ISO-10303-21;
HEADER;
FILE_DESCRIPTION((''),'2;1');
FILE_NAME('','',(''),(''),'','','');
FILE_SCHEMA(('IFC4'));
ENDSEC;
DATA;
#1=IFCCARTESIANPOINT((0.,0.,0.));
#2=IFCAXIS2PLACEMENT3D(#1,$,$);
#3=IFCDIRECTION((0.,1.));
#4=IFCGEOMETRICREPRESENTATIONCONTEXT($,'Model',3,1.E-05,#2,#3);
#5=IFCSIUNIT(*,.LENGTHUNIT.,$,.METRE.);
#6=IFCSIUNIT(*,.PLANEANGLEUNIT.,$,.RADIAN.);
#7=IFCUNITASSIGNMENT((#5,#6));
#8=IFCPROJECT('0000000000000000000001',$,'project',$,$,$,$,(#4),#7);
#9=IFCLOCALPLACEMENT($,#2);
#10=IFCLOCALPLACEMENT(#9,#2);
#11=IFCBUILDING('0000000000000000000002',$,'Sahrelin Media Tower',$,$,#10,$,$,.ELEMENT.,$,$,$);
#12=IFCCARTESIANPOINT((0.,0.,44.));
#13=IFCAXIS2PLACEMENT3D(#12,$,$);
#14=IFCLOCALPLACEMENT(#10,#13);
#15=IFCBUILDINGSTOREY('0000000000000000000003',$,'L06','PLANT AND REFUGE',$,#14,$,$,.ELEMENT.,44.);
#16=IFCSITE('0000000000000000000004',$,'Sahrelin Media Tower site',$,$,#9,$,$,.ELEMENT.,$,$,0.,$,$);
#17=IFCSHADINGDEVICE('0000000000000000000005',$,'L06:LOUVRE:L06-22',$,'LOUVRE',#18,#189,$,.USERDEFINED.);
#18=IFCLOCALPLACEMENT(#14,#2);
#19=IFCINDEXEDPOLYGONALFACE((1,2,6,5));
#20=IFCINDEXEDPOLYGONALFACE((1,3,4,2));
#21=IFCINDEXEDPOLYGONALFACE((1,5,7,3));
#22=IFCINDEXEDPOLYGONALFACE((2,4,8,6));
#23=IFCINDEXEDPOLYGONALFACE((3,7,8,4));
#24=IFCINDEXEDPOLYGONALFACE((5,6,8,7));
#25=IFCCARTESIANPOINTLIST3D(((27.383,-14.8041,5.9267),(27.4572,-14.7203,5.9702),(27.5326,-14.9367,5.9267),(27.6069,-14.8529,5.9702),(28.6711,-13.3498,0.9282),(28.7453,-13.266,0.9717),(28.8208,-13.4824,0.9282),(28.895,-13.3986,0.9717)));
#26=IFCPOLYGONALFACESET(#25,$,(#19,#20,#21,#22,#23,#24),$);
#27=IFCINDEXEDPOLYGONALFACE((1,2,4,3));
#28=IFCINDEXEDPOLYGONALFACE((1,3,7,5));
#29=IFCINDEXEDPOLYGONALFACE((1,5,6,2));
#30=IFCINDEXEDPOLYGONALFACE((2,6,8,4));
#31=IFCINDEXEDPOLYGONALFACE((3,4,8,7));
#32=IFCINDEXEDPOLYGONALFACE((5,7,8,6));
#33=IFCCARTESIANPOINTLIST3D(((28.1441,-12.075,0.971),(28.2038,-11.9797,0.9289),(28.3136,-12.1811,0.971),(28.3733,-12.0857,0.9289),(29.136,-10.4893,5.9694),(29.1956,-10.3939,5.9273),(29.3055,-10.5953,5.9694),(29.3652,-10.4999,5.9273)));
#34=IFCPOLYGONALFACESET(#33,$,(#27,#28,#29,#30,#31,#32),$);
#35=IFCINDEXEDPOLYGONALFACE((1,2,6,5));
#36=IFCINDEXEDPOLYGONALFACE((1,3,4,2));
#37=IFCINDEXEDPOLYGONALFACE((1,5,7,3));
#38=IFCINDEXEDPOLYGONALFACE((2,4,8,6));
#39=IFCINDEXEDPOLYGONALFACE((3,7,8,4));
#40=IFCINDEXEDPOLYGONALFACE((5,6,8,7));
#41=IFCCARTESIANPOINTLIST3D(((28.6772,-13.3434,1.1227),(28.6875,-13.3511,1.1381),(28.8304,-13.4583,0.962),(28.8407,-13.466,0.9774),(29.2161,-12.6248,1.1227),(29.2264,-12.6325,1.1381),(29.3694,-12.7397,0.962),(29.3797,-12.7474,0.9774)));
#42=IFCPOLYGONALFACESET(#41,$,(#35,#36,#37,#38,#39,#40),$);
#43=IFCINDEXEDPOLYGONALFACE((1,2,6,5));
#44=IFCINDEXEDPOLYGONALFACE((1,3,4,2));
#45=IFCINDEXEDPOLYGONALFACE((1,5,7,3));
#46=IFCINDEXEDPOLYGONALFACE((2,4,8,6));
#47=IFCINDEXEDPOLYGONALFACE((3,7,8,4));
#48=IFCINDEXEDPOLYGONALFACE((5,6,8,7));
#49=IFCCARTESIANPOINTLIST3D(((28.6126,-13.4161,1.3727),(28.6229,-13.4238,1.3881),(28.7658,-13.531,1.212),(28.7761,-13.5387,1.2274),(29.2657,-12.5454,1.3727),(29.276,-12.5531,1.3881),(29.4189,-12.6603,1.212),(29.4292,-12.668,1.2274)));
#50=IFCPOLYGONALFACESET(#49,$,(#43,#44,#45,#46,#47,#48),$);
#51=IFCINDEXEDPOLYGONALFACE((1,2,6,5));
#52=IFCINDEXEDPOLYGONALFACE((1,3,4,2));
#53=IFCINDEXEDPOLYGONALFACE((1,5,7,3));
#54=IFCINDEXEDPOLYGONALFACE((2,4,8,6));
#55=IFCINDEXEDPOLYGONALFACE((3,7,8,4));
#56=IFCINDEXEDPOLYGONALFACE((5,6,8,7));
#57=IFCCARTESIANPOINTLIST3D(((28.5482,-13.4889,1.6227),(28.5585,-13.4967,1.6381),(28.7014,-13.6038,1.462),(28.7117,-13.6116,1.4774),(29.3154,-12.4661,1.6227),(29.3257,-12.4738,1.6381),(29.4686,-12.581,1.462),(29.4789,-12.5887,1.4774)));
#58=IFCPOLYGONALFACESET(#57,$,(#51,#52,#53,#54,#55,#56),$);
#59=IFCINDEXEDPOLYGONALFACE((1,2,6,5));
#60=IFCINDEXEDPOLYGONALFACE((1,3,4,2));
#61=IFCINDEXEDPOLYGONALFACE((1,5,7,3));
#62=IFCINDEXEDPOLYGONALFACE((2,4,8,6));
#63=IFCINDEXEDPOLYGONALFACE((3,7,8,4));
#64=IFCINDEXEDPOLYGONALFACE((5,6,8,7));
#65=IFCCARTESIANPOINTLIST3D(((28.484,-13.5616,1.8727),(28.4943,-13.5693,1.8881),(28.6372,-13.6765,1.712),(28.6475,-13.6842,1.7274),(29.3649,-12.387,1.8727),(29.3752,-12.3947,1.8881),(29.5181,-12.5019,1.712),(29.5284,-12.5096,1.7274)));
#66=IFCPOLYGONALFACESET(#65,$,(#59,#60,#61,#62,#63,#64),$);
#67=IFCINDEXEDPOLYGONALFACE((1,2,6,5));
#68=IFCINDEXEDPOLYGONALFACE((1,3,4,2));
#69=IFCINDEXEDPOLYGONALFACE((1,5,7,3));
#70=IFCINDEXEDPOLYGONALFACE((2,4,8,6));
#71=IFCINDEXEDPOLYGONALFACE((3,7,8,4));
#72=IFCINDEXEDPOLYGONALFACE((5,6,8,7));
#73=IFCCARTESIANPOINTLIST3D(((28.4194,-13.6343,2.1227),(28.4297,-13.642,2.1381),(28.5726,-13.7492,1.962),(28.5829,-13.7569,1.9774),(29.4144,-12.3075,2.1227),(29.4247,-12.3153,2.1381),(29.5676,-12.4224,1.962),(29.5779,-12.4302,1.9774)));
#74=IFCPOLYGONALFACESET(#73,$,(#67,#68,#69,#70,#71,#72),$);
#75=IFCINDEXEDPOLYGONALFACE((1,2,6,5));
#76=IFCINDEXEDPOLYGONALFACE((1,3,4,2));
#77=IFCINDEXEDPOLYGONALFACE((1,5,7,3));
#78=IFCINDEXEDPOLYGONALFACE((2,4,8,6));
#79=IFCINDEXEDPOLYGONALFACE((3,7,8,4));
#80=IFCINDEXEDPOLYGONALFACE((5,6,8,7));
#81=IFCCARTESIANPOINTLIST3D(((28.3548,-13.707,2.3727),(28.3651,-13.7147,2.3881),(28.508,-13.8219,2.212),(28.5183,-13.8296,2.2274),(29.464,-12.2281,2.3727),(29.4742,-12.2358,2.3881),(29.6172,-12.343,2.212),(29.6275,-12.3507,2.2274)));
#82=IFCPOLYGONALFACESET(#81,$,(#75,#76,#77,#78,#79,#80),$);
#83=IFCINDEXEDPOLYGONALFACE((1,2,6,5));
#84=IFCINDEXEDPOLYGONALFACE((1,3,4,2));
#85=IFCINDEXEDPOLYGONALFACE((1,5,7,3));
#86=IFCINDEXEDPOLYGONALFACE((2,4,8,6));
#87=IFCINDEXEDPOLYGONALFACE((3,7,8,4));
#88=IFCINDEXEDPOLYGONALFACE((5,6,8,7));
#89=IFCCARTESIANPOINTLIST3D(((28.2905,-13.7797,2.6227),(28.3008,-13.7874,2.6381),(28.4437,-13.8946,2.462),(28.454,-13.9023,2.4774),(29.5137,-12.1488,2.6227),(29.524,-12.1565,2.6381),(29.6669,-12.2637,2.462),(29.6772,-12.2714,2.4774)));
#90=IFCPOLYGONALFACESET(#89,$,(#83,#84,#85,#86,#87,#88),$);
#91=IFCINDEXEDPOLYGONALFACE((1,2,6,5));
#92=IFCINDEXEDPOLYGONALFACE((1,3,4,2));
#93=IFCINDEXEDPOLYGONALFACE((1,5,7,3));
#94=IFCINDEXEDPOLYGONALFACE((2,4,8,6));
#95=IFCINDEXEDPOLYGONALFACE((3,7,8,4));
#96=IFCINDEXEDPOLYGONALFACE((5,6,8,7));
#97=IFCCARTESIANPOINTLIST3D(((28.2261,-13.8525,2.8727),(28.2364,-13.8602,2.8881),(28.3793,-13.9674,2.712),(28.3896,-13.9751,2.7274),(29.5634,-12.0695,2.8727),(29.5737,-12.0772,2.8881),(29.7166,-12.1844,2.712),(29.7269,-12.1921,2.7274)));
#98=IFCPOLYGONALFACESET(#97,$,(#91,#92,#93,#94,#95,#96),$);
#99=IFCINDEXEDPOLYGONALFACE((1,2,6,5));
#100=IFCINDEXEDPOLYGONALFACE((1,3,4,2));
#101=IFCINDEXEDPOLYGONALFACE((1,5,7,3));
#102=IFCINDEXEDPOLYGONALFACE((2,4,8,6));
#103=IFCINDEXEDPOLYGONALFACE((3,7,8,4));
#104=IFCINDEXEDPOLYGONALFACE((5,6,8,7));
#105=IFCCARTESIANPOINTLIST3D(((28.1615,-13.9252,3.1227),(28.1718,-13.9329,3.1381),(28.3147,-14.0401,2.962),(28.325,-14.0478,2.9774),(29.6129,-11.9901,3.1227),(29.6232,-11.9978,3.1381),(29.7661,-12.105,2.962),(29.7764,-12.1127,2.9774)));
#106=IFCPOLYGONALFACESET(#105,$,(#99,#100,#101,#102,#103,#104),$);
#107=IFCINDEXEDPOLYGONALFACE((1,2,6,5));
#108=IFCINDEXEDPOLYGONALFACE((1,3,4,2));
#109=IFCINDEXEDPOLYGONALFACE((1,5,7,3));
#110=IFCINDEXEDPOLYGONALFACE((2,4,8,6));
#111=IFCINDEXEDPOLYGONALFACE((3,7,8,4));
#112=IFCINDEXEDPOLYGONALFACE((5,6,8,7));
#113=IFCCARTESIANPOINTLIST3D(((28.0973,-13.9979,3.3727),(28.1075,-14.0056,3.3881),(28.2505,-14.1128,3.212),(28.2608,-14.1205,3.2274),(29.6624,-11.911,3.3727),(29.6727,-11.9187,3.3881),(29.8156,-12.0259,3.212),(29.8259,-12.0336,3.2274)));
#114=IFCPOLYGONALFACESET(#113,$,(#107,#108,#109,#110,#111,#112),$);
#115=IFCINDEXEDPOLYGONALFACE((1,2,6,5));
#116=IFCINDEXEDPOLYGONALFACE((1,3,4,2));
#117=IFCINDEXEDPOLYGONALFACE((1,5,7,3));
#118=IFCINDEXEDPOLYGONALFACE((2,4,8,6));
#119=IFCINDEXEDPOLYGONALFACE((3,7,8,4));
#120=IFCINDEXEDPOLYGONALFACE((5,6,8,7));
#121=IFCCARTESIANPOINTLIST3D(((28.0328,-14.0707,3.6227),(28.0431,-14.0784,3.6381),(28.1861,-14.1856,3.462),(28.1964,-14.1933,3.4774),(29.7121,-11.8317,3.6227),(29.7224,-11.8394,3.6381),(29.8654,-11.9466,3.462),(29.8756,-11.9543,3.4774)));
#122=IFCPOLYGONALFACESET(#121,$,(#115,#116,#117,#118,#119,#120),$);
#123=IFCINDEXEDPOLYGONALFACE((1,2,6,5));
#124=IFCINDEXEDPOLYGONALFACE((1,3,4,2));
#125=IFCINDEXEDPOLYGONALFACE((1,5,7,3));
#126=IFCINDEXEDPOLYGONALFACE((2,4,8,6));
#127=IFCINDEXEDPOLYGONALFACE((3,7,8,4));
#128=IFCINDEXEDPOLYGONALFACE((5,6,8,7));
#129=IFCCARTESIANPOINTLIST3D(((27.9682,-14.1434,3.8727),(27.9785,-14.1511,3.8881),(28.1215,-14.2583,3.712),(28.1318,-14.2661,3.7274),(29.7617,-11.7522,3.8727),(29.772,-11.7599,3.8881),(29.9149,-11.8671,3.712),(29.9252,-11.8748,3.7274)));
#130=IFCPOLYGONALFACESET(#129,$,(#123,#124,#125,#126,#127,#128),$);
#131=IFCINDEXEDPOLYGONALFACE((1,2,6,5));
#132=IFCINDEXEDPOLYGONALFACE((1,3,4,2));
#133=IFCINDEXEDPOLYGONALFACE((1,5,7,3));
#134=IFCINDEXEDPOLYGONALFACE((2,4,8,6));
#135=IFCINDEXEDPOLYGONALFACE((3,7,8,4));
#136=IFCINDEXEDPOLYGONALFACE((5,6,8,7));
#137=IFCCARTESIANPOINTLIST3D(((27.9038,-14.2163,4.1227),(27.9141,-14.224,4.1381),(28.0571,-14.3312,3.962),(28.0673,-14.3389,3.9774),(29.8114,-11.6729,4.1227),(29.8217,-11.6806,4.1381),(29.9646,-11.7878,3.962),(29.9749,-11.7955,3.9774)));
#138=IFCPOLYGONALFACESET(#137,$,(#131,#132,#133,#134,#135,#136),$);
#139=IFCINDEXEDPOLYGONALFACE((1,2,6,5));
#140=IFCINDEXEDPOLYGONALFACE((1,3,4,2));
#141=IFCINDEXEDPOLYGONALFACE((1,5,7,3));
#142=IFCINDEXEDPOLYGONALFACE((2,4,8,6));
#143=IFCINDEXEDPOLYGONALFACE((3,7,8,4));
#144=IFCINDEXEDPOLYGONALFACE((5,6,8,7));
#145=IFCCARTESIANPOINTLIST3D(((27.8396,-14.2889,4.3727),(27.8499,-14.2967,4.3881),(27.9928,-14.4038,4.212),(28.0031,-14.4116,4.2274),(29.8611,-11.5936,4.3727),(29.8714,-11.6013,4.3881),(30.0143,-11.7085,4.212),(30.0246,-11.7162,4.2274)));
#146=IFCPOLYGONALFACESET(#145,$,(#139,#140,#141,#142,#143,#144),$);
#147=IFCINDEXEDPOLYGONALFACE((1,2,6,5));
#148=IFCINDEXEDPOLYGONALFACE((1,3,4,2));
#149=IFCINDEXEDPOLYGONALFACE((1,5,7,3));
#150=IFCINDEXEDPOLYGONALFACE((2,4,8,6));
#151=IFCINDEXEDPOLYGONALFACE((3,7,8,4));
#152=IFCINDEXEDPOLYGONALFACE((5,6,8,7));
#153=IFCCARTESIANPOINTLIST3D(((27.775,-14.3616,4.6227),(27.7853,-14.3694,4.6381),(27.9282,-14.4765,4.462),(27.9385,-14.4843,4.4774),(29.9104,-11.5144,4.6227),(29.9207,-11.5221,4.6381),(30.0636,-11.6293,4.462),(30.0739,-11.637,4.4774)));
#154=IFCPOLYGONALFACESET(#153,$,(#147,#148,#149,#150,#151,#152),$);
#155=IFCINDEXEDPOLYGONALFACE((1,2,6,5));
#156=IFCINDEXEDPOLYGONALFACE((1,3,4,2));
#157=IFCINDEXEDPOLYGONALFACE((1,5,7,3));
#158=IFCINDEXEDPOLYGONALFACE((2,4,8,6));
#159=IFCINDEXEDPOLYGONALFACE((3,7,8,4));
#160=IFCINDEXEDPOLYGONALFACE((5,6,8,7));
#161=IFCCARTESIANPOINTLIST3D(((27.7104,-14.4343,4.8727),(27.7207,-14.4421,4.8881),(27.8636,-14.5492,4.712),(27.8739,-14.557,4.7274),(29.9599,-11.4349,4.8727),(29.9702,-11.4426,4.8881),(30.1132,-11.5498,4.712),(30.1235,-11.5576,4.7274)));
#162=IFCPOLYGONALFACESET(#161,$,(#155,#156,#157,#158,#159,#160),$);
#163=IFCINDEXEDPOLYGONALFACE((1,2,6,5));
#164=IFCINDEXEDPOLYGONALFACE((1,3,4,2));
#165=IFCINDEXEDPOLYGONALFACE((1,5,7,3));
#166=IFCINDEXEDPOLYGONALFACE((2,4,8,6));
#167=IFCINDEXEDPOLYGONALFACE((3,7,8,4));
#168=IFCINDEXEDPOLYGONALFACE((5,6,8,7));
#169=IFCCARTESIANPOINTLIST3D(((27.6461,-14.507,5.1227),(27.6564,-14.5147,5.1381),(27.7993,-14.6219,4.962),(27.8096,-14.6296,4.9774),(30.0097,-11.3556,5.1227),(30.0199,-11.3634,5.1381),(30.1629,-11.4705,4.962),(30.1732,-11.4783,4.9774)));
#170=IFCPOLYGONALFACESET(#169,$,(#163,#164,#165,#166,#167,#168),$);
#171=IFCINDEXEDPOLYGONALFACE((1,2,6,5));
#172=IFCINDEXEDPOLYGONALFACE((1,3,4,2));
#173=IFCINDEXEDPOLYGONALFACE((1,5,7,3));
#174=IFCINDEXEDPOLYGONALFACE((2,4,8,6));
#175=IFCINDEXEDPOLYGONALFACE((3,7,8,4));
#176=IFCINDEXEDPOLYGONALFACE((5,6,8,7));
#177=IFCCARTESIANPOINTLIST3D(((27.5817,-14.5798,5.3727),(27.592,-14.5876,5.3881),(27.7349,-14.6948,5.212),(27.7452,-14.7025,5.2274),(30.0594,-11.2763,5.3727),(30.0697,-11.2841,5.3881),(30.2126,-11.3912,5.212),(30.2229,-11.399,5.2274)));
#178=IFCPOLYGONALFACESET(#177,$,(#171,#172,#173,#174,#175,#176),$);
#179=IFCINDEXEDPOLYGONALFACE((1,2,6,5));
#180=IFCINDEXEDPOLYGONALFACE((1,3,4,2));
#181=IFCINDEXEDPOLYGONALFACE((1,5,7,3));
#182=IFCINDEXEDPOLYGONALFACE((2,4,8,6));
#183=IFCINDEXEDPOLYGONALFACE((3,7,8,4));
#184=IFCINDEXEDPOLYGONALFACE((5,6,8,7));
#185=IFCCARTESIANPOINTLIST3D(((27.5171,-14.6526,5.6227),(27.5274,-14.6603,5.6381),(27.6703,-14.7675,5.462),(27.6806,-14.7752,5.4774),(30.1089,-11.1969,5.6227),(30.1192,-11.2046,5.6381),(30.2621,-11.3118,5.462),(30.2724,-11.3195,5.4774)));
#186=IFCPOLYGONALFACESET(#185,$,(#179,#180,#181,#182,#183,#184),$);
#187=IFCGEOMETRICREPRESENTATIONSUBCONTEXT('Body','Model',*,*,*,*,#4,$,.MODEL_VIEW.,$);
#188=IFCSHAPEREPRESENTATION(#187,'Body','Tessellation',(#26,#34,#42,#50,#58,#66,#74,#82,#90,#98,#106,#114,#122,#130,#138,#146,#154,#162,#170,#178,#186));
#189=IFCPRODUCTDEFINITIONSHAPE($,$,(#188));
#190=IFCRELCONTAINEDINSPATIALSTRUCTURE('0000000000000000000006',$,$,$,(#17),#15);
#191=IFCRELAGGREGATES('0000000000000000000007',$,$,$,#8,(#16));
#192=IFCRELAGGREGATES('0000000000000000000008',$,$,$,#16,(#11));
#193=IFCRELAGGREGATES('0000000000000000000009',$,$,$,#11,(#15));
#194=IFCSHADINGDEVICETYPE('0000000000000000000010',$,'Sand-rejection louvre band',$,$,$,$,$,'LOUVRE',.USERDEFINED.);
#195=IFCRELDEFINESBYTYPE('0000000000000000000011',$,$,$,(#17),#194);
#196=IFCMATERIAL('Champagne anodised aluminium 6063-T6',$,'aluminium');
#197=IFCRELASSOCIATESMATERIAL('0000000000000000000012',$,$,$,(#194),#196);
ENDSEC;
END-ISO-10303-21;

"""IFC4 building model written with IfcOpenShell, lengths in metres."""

from ifc_helpers import new_model, si_unit, direction, frame, origin, origin_2d, place, context, subcontext, project, spatial, rectangle, extrude, material, type_object, element, save


model = new_model("IFC4")

# Units and contexts
model_context = context("Model", 3, precision=1e-05, world=origin(), true_north=direction((0.0, 1.0)))
body_context = subcontext(model_context, "Body", "Model", "MODEL_VIEW")
ifc_project = project(units=[si_unit("LENGTHUNIT", "METRE"), si_unit("PLANEANGLEUNIT", "RADIAN")], contexts=[model_context])

# Site, building, storey
site_placement = place(None, origin())
site = spatial("IfcSite", under=ifc_project, at=site_placement, Name="Sahrelin Media Tower site", CompositionType="ELEMENT", RefElevation=0.0)
building_placement = place(site_placement, origin())
building = spatial("IfcBuilding", under=site, at=building_placement, Name="Sahrelin Media Tower", CompositionType="ELEMENT")
storey_placement = place(building_placement, frame((0.0, 0.0, 44.0)))
storey = spatial("IfcBuildingStorey", under=building, at=storey_placement, Name="L06", Description="PLANT AND REFUGE", CompositionType="ELEMENT", Elevation=44.0)

# Shading device
ifc_material_1 = material(Name="Champagne anodised aluminium 6063-T6", Category="aluminium")
shading_device_type = type_object("IfcShadingDeviceType", Name="Sand-rejection louvre band", ElementType="LOUVRE", PredefinedType="USERDEFINED", material=ifc_material_1)
shading_device_1_placement = place(storey_placement, frame((28.5645, -12.7192, 0.0), z_axis=(0.0, 0.0, 1.0), x_axis=(-0.6, -0.8, 0.0)))
element("IfcShadingDevice", 1, at=shading_device_1_placement, inside=storey, type_object=shading_device_type, Name="L06:LOUVRE:L06-22", ObjectType="LOUVRE", PredefinedType="USERDEFINED", context=body_context, shape_type="SweptSolid", body=[
    extrude(rectangle(XDim=0.2, YDim=0.1201, at=origin_2d()), frame((0.3928, 0.5679, 0.95), z_axis=(0.361058, -0.029455, 0.932078), x_axis=(0.081309, 0.996689, 0.0)), (0.0, 0.0, 1.0), 5.3628),
    extrude(rectangle(XDim=0.2, YDim=0.1201, at=origin_2d()), frame((-0.3276, -0.6279, 0.95), z_axis=(-0.349214, -0.029597, 0.936575), x_axis=(0.08445, -0.996428, 0.0)), (0.0, 0.0, 1.0), 5.3369),
    extrude(rectangle(XDim=0.25, YDim=0.02, at=origin_2d()), frame((0.4316, 0.5669, 1.05), z_axis=(-1.0, 0.0, 0.0), x_axis=(0.0, -0.766044, 0.642788)), (0.0, 0.0, 1.0), 0.8982),
    extrude(rectangle(XDim=0.25, YDim=0.02, at=origin_2d()), frame((0.5286, 0.5588, 1.3), z_axis=(-1.0, 0.0, 0.0), x_axis=(0.0, -0.766044, 0.642788)), (0.0, 0.0, 1.0), 1.0884),
    extrude(rectangle(XDim=0.25, YDim=0.02, at=origin_2d()), frame((0.6255, 0.551, 1.55), z_axis=(-1.0, 0.0, 0.0), x_axis=(0.0, -0.766044, 0.642788)), (0.0, 0.0, 1.0), 1.2786),
    extrude(rectangle(XDim=0.25, YDim=0.02, at=origin_2d()), frame((0.7222, 0.5432, 1.8), z_axis=(-1.0, 0.0, 0.0), x_axis=(0.0, -0.766044, 0.642788)), (0.0, 0.0, 1.0), 1.4683),
    extrude(rectangle(XDim=0.25, YDim=0.02, at=origin_2d()), frame((0.8191, 0.5352, 2.05), z_axis=(-1.0, 0.0, 0.0), x_axis=(0.0, -0.766044, 0.642788)), (0.0, 0.0, 1.0), 1.6584),
    extrude(rectangle(XDim=0.25, YDim=0.02, at=origin_2d()), frame((0.916, 0.5271, 2.3), z_axis=(-1.0, 0.0, 0.0), x_axis=(0.0, -0.766044, 0.642788)), (0.0, 0.0, 1.0), 1.8486),
    extrude(rectangle(XDim=0.25, YDim=0.02, at=origin_2d()), frame((1.0127, 0.5193, 2.55), z_axis=(-1.0, 0.0, 0.0), x_axis=(0.0, -0.766044, 0.642788)), (0.0, 0.0, 1.0), 2.0386),
    extrude(rectangle(XDim=0.25, YDim=0.02, at=origin_2d()), frame((1.1096, 0.5115, 2.8), z_axis=(-1.0, 0.0, 0.0), x_axis=(0.0, -0.766044, 0.642788)), (0.0, 0.0, 1.0), 2.2288),
    extrude(rectangle(XDim=0.25, YDim=0.02, at=origin_2d()), frame((1.2065, 0.5034, 3.05), z_axis=(-1.0, 0.0, 0.0), x_axis=(0.0, -0.766044, 0.642788)), (0.0, 0.0, 1.0), 2.4189),
    extrude(rectangle(XDim=0.25, YDim=0.02, at=origin_2d()), frame((1.3032, 0.4956, 3.3), z_axis=(-1.0, 0.0, 0.0), x_axis=(0.0, -0.766044, 0.642788)), (0.0, 0.0, 1.0), 2.6086),
    extrude(rectangle(XDim=0.25, YDim=0.02, at=origin_2d()), frame((1.4001, 0.4878, 3.55), z_axis=(-1.0, 0.0, 0.0), x_axis=(0.0, -0.766044, 0.642788)), (0.0, 0.0, 1.0), 2.7988),
    extrude(rectangle(XDim=0.25, YDim=0.02, at=origin_2d()), frame((1.4971, 0.4797, 3.8), z_axis=(-1.0, 0.0, 0.0), x_axis=(0.0, -0.766044, 0.642788)), (0.0, 0.0, 1.0), 2.989),
    extrude(rectangle(XDim=0.25, YDim=0.02, at=origin_2d()), frame((1.594, 0.4719, 4.05), z_axis=(-1.0, 0.0, 0.0), x_axis=(0.0, -0.766044, 0.642788)), (0.0, 0.0, 1.0), 3.1792),
    extrude(rectangle(XDim=0.25, YDim=0.02, at=origin_2d()), frame((1.6907, 0.4641, 4.3), z_axis=(-1.0, 0.0, 0.0), x_axis=(0.0, -0.766044, 0.642788)), (0.0, 0.0, 1.0), 3.3691),
    extrude(rectangle(XDim=0.25, YDim=0.02, at=origin_2d()), frame((1.7876, 0.4561, 4.55), z_axis=(-1.0, 0.0, 0.0), x_axis=(0.0, -0.766044, 0.642788)), (0.0, 0.0, 1.0), 3.5591),
    extrude(rectangle(XDim=0.25, YDim=0.02, at=origin_2d()), frame((1.8845, 0.448, 4.8), z_axis=(-1.0, 0.0, 0.0), x_axis=(0.0, -0.766044, 0.642788)), (0.0, 0.0, 1.0), 3.7493),
    extrude(rectangle(XDim=0.25, YDim=0.02, at=origin_2d()), frame((1.9812, 0.4402, 5.05), z_axis=(-1.0, 0.0, 0.0), x_axis=(0.0, -0.766044, 0.642788)), (0.0, 0.0, 1.0), 3.9392),
    extrude(rectangle(XDim=0.25, YDim=0.02, at=origin_2d()), frame((2.0781, 0.4324, 5.3), z_axis=(-1.0, 0.0, 0.0), x_axis=(0.0, -0.766044, 0.642788)), (0.0, 0.0, 1.0), 4.1294),
    extrude(rectangle(XDim=0.25, YDim=0.02, at=origin_2d()), frame((2.175, 0.4243, 5.55), z_axis=(-1.0, 0.0, 0.0), x_axis=(0.0, -0.766044, 0.642788)), (0.0, 0.0, 1.0), 4.3196),
])

save(model, "model.ifc")
